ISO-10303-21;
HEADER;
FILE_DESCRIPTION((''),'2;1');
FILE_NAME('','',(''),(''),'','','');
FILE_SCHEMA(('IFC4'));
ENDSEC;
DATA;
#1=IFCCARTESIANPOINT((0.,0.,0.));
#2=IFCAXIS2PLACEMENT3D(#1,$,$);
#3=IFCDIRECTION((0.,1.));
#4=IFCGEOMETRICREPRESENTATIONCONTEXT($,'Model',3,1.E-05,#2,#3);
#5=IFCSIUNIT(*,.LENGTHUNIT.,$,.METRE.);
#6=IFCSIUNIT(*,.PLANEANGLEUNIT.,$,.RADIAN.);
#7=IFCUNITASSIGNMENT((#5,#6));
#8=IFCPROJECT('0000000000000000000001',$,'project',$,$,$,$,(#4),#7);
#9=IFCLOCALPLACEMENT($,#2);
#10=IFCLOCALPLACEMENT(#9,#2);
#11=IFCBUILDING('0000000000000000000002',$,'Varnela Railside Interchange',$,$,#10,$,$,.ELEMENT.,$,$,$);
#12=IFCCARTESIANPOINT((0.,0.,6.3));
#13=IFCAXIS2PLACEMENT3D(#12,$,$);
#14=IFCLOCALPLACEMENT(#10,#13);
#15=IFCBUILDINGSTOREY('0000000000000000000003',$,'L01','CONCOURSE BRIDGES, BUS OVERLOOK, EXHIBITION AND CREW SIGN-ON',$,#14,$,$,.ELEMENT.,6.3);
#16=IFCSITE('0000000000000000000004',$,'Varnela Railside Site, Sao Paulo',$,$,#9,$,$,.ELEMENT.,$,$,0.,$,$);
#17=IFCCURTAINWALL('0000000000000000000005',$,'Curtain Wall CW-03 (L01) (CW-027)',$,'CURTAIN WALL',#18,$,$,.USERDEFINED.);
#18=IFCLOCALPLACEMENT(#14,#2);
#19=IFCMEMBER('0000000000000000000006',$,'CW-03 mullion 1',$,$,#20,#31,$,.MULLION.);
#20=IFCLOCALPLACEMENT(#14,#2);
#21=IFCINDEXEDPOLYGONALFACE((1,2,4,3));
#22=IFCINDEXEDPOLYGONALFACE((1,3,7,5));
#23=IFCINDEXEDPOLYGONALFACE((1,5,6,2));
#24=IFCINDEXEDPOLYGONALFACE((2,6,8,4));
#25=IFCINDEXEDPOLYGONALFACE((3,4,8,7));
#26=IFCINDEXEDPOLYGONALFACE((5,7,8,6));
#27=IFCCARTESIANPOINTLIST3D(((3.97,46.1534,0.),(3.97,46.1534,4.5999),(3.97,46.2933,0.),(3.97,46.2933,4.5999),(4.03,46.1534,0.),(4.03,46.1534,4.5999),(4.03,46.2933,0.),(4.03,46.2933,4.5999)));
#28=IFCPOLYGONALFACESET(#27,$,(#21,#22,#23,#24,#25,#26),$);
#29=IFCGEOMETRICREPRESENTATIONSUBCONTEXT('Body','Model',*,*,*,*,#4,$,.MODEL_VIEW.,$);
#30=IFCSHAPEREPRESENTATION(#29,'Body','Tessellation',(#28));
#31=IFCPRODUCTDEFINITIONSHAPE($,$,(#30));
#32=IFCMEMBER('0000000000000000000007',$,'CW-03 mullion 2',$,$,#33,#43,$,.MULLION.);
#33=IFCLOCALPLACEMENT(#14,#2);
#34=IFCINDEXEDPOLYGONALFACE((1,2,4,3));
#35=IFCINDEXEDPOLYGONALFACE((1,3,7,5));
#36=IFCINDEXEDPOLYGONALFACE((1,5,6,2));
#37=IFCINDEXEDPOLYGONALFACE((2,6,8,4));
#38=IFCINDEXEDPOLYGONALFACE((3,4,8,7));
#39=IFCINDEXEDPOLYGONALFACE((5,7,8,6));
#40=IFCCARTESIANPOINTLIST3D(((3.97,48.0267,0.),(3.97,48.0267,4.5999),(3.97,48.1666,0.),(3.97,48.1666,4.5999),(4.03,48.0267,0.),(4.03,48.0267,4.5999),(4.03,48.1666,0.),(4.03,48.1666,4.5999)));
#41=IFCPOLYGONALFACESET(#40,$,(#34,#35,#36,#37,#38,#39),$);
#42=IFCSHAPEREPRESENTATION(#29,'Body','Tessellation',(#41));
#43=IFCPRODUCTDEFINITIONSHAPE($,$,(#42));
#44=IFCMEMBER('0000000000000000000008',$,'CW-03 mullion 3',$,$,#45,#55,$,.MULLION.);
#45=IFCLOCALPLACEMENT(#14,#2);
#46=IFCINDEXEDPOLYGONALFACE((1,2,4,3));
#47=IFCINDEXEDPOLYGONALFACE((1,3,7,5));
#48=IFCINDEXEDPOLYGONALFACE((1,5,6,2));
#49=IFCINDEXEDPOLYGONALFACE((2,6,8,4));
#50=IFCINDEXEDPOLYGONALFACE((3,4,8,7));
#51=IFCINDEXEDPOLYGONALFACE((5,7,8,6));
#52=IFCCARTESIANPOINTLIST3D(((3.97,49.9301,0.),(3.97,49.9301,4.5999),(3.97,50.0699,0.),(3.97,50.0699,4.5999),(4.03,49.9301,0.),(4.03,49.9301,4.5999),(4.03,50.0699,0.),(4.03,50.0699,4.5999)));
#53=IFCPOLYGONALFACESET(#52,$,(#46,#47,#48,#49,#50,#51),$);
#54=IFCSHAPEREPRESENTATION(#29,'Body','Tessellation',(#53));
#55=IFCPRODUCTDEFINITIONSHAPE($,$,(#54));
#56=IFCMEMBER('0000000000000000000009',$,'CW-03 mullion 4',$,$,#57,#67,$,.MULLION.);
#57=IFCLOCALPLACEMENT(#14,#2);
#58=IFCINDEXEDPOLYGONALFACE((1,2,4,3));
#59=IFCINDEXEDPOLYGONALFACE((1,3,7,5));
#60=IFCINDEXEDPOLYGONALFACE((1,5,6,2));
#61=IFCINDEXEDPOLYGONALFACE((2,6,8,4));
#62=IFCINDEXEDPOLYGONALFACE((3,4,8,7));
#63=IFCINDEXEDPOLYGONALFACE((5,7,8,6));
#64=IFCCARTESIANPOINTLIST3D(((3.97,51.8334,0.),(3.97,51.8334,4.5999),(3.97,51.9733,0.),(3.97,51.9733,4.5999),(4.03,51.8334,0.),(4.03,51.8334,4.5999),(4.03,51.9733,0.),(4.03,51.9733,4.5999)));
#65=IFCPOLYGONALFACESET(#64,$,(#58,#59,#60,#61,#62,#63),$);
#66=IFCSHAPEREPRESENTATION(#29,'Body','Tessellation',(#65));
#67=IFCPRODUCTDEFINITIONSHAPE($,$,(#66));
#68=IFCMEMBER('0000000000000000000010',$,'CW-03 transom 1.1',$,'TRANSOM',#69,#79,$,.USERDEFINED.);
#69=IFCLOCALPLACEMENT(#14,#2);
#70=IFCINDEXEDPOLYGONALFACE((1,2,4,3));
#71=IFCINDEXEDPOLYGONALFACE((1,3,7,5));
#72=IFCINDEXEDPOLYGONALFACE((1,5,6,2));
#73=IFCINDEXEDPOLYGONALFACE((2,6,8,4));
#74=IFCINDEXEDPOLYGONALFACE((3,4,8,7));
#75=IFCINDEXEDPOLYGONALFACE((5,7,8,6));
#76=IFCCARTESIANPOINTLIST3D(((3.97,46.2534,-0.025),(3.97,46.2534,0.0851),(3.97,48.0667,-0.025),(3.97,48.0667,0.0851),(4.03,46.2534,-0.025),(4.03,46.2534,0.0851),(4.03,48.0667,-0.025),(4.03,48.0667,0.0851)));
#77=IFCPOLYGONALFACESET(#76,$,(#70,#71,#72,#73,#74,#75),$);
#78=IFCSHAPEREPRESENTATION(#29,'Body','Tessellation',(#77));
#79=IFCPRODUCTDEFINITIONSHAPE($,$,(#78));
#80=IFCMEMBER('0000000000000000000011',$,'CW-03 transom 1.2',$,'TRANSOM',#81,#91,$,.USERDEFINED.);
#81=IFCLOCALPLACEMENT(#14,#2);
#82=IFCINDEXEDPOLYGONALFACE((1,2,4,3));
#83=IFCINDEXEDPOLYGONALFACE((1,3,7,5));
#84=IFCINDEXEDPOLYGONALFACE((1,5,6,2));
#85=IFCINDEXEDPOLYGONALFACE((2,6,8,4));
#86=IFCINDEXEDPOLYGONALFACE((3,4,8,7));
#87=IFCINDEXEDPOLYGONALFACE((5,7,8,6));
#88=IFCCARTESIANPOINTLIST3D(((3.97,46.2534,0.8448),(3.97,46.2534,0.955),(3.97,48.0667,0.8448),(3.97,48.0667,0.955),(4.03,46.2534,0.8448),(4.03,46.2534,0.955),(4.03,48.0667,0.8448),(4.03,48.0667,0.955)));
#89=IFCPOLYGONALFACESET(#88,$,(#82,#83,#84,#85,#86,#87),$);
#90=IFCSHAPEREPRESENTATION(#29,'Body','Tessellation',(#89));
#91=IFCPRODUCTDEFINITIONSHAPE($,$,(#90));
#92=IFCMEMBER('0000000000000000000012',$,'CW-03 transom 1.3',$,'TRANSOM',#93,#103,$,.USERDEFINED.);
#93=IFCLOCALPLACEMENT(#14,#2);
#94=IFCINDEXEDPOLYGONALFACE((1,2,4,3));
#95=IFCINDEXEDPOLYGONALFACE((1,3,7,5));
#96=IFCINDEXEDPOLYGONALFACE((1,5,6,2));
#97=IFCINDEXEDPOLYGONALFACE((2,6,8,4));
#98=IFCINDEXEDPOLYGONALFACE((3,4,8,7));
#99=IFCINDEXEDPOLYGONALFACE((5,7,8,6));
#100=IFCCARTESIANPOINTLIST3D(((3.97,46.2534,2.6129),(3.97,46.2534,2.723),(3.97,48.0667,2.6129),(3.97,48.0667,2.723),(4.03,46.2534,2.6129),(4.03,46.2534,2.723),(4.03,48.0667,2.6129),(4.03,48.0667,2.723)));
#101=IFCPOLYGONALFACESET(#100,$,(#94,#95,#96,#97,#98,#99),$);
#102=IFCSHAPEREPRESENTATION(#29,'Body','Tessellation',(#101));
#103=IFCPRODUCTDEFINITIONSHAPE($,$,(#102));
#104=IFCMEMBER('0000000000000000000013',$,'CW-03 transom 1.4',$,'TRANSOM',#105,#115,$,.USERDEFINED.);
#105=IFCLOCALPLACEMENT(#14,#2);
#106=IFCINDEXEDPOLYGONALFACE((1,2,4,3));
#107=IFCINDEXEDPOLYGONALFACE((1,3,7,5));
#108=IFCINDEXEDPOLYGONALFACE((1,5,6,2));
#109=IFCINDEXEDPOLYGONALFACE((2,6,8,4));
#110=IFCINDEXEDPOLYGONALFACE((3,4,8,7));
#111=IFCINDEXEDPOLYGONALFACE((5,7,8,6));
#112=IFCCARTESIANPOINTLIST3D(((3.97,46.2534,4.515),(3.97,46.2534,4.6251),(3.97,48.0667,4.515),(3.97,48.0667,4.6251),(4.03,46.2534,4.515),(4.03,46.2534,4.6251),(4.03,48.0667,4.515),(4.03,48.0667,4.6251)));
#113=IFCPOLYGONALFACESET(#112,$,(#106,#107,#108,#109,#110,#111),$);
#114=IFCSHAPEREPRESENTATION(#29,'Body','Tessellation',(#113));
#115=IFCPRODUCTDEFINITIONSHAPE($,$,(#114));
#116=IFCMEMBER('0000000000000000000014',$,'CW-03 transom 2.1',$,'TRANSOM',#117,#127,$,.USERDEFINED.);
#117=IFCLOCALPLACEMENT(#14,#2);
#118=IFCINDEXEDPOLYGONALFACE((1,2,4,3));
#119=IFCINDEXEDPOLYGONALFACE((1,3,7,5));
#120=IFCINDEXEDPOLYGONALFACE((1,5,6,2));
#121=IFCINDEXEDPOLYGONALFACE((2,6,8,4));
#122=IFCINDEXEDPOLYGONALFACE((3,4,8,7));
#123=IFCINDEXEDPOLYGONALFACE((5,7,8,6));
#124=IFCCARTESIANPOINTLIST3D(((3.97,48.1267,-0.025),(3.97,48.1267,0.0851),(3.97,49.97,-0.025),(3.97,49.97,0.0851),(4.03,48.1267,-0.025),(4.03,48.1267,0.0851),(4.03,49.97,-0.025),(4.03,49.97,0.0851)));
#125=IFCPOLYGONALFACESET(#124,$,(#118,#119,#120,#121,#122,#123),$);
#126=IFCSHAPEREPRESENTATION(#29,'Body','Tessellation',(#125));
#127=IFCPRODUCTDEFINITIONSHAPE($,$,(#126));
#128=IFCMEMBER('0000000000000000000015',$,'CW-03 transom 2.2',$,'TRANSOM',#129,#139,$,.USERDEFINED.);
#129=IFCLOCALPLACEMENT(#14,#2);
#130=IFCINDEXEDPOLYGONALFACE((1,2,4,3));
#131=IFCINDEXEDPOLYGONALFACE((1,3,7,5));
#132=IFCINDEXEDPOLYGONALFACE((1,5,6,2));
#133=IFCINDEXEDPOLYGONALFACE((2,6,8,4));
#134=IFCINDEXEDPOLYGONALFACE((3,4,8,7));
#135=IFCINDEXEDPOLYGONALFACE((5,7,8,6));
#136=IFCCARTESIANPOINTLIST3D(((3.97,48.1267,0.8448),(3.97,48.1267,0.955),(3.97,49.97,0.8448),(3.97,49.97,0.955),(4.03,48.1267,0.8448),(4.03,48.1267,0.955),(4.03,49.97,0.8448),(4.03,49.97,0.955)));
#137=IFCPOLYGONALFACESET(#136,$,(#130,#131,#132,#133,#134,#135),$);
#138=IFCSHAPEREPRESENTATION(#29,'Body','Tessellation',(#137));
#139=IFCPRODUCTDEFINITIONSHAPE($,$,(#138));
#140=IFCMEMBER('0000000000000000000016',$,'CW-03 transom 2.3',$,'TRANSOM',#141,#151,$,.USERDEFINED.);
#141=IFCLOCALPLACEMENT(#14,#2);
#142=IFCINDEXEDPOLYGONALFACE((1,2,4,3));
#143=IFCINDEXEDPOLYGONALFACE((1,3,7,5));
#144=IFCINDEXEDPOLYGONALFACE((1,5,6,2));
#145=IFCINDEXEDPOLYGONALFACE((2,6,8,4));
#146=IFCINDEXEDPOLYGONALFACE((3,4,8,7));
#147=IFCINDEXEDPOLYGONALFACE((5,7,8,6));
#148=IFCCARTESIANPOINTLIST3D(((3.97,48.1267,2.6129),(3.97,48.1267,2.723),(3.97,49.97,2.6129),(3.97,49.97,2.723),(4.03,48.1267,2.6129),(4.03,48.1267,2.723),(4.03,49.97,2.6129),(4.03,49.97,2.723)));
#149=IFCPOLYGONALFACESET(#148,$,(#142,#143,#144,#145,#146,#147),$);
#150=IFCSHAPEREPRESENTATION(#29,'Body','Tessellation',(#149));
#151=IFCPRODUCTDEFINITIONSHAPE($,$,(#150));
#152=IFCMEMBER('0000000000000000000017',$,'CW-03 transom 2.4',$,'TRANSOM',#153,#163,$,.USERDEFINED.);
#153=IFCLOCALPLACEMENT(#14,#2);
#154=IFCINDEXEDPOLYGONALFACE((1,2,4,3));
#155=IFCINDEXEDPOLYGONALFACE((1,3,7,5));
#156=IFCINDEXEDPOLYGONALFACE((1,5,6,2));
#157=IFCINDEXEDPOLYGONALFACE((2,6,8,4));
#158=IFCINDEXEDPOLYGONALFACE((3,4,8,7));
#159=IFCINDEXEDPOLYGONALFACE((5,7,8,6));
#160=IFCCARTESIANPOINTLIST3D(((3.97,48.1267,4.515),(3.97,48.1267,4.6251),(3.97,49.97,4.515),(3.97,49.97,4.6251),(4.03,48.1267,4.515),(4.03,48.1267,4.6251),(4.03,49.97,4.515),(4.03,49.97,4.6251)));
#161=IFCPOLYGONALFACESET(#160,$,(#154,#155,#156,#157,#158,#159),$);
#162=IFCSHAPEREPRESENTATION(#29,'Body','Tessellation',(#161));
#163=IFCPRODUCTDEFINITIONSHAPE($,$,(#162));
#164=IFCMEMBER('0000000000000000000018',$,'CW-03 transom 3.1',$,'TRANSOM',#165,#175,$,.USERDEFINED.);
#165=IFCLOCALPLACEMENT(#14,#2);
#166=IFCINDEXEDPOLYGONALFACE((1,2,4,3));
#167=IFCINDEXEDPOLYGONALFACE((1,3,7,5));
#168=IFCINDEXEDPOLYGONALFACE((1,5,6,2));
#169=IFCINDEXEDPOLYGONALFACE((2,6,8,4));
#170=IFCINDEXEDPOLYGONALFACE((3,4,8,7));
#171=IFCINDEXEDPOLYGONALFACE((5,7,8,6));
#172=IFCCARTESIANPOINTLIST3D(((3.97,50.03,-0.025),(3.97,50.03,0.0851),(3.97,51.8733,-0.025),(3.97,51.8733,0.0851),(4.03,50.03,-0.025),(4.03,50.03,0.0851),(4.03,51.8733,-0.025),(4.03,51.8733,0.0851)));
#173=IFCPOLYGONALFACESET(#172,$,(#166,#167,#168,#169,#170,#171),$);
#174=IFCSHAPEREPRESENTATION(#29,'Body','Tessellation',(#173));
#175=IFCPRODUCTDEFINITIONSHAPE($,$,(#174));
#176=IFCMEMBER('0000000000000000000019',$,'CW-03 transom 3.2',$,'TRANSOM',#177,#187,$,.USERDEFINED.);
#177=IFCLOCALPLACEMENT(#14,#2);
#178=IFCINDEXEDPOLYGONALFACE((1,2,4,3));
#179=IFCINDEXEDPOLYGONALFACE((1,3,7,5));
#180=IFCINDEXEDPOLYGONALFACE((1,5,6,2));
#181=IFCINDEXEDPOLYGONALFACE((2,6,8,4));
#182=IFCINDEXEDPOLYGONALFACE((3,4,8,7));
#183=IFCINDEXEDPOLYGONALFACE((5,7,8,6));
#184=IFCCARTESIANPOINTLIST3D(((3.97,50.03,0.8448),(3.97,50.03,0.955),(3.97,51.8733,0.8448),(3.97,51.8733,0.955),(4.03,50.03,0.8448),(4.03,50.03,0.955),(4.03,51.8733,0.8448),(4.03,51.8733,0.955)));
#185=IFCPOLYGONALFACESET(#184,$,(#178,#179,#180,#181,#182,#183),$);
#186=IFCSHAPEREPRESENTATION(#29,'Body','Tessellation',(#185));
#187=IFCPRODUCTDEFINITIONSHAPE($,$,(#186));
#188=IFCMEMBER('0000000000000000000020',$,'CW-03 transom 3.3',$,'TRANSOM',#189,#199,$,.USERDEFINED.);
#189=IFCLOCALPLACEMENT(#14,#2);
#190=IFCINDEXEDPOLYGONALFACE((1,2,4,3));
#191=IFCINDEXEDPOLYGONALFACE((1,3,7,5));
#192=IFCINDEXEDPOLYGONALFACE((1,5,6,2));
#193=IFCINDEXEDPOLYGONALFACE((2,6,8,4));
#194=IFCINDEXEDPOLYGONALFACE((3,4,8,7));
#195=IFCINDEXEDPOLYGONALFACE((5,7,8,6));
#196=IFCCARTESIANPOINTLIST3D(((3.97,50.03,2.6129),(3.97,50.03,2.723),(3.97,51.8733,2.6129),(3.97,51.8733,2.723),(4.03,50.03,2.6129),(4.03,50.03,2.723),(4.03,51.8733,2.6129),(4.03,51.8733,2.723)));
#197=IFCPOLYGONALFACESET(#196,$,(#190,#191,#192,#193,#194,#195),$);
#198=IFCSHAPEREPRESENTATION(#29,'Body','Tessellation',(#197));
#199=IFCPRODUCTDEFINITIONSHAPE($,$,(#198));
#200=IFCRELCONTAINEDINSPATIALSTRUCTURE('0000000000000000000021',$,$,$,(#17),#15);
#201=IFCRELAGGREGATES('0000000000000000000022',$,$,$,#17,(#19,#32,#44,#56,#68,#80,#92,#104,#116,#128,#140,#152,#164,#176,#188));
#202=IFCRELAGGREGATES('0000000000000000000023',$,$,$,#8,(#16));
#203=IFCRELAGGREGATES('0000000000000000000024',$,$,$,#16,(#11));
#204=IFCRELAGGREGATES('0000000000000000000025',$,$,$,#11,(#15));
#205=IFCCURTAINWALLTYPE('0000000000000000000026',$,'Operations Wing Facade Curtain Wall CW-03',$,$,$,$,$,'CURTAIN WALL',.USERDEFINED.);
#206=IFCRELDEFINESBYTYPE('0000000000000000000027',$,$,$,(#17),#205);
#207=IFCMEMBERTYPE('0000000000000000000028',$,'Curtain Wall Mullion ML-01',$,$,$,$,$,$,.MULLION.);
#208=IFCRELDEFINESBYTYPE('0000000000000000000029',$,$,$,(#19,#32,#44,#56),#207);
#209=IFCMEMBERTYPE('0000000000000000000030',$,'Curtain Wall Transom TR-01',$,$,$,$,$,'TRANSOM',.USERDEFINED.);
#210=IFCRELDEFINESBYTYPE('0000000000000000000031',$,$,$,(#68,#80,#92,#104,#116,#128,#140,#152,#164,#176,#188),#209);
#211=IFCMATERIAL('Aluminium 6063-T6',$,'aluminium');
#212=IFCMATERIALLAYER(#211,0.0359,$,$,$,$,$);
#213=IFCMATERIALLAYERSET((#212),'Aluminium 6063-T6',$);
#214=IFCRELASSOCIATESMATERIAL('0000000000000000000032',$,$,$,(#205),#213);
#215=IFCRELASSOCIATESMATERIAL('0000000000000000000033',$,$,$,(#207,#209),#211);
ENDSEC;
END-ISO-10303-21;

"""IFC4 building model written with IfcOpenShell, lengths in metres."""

from ifc_helpers import new_model, si_unit, direction, frame, origin, origin_2d, place, context, subcontext, project, spatial, rectangle, extrude, material, layer, layer_set, material_profile, profile_set, type_object, element, aggregate, save


model = new_model("IFC4")

# Units and contexts
model_context = context("Model", 3, precision=1e-05, world=origin(), true_north=direction((0.0, 1.0)))
body_context = subcontext(model_context, "Body", "Model", "MODEL_VIEW")
ifc_project = project(units=[si_unit("LENGTHUNIT", "METRE"), si_unit("PLANEANGLEUNIT", "RADIAN")], contexts=[model_context])

# Site, building, storey
site_placement = place(None, origin())
site = spatial("IfcSite", under=ifc_project, at=site_placement, Name="Varnela Railside Site, Sao Paulo", CompositionType="ELEMENT", RefElevation=0.0)
building_placement = place(site_placement, origin())
building = spatial("IfcBuilding", under=site, at=building_placement, Name="Varnela Railside Interchange", CompositionType="ELEMENT")
storey_placement = place(building_placement, frame((0.0, 0.0, 6.3)))
storey = spatial("IfcBuildingStorey", under=building, at=storey_placement, Name="L01", Description="CONCOURSE BRIDGES, BUS OVERLOOK, EXHIBITION AND CREW SIGN-ON", CompositionType="ELEMENT", Elevation=6.3)

# Curtain wall, members
ifc_material_1 = material(Name="Aluminium 6063-T6", Category="aluminium")
ifc_layer_1 = layer(ifc_material_1, 0.0359)
ifc_layer_set_1 = layer_set([ifc_layer_1], Name="Aluminium 6063-T6")
curtain_wall_type = type_object("IfcCurtainWallType", Name="Operations Wing Facade Curtain Wall CW-03", ElementType="CURTAIN WALL", PredefinedType="USERDEFINED", material=ifc_layer_set_1)
curtain_wall_placement = place(storey_placement, origin())
curtain_wall = element("IfcCurtainWall", 1, at=curtain_wall_placement, inside=storey, type_object=curtain_wall_type, Name="Curtain Wall CW-03 (L01) (CW-027)", ObjectType="CURTAIN WALL", PredefinedType="USERDEFINED")
ifc_material_profile_1 = material_profile(ifc_material_1, rectangle(XDim=0.0601, YDim=0.1399, at=origin_2d()), Name="ALU 60x140")
ifc_profile_set_1 = profile_set([ifc_material_profile_1], Name="Aluminium 6063-T6")
member_type_1 = type_object("IfcMemberType", Name="Curtain Wall Mullion ML-01", PredefinedType="MULLION", material=ifc_profile_set_1)
member_1_placement = place(storey_placement, frame((4.0, 46.2234, 0.0), z_axis=(0.0, 0.0, 1.0), x_axis=(-1.0, 0.0, 0.0)))
member_1 = element("IfcMember", 2, at=member_1_placement, type_object=member_type_1, Name="CW-03 mullion 1", PredefinedType="MULLION", context=body_context, shape_type="SweptSolid", body=[
    extrude(rectangle(XDim=0.0601, YDim=0.1399, at=origin_2d()), origin(), (0.0, 0.0, 1.0), 4.5999),
])
member_2_placement = place(storey_placement, frame((4.0, 48.0967, 0.0), z_axis=(0.0, 0.0, 1.0), x_axis=(-1.0, 0.0, 0.0)))
member_2 = element("IfcMember", 3, at=member_2_placement, type_object=member_type_1, Name="CW-03 mullion 2", PredefinedType="MULLION", context=body_context, shape_type="SweptSolid", body=[
    extrude(rectangle(XDim=0.0601, YDim=0.1399, at=origin_2d()), origin(), (0.0, 0.0, 1.0), 4.5999),
])
member_3_placement = place(storey_placement, frame((4.0, 50.0, 0.0), z_axis=(0.0, 0.0, 1.0), x_axis=(-1.0, 0.0, 0.0)))
member_3 = element("IfcMember", 4, at=member_3_placement, type_object=member_type_1, Name="CW-03 mullion 3", PredefinedType="MULLION", context=body_context, shape_type="SweptSolid", body=[
    extrude(rectangle(XDim=0.0601, YDim=0.1399, at=origin_2d()), origin(), (0.0, 0.0, 1.0), 4.5999),
])
member_4_placement = place(storey_placement, frame((4.0, 51.9033, 0.0), z_axis=(0.0, 0.0, 1.0), x_axis=(-1.0, 0.0, 0.0)))
member_4 = element("IfcMember", 5, at=member_4_placement, type_object=member_type_1, Name="CW-03 mullion 4", PredefinedType="MULLION", context=body_context, shape_type="SweptSolid", body=[
    extrude(rectangle(XDim=0.0601, YDim=0.1399, at=origin_2d()), origin(), (0.0, 0.0, 1.0), 4.5999),
])
ifc_material_profile_2 = material_profile(ifc_material_1, rectangle(XDim=0.0601, YDim=0.1101, at=origin_2d()), Name="ALU 60x110")
ifc_profile_set_2 = profile_set([ifc_material_profile_2], Name="Aluminium 6063-T6")
member_type_2 = type_object("IfcMemberType", Name="Curtain Wall Transom TR-01", ElementType="TRANSOM", PredefinedType="USERDEFINED", material=ifc_profile_set_2)
member_5_placement = place(storey_placement, frame((4.0, 46.2534, 0.03), z_axis=(0.0, 1.0, 0.0), x_axis=(-1.0, 0.0, 0.0)))
member_5 = element("IfcMember", 6, at=member_5_placement, type_object=member_type_2, Name="CW-03 transom 1.1", ObjectType="TRANSOM", PredefinedType="USERDEFINED", context=body_context, shape_type="SweptSolid", body=[
    extrude(rectangle(XDim=0.0601, YDim=0.1101, at=origin_2d()), origin(), (0.0, 0.0, 1.0), 1.8132),
])
member_6_placement = place(storey_placement, frame((4.0, 46.2534, 0.8999), z_axis=(0.0, 1.0, 0.0), x_axis=(-1.0, 0.0, 0.0)))
member_6 = element("IfcMember", 7, at=member_6_placement, type_object=member_type_2, Name="CW-03 transom 1.2", ObjectType="TRANSOM", PredefinedType="USERDEFINED", context=body_context, shape_type="SweptSolid", body=[
    extrude(rectangle(XDim=0.0601, YDim=0.1101, at=origin_2d()), origin(), (0.0, 0.0, 1.0), 1.8132),
])
member_7_placement = place(storey_placement, frame((4.0, 46.2534, 2.668), z_axis=(0.0, 1.0, 0.0), x_axis=(-1.0, 0.0, 0.0)))
member_7 = element("IfcMember", 8, at=member_7_placement, type_object=member_type_2, Name="CW-03 transom 1.3", ObjectType="TRANSOM", PredefinedType="USERDEFINED", context=body_context, shape_type="SweptSolid", body=[
    extrude(rectangle(XDim=0.0601, YDim=0.1101, at=origin_2d()), origin(), (0.0, 0.0, 1.0), 1.8132),
])
member_8_placement = place(storey_placement, frame((4.0, 46.2534, 4.5701), z_axis=(0.0, 1.0, 0.0), x_axis=(-1.0, 0.0, 0.0)))
member_8 = element("IfcMember", 9, at=member_8_placement, type_object=member_type_2, Name="CW-03 transom 1.4", ObjectType="TRANSOM", PredefinedType="USERDEFINED", context=body_context, shape_type="SweptSolid", body=[
    extrude(rectangle(XDim=0.0601, YDim=0.1101, at=origin_2d()), origin(), (0.0, 0.0, 1.0), 1.8132),
])
member_9_placement = place(storey_placement, frame((4.0, 48.1267, 0.03), z_axis=(0.0, 1.0, 0.0), x_axis=(-1.0, 0.0, 0.0)))
member_9 = element("IfcMember", 10, at=member_9_placement, type_object=member_type_2, Name="CW-03 transom 2.1", ObjectType="TRANSOM", PredefinedType="USERDEFINED", context=body_context, shape_type="SweptSolid", body=[
    extrude(rectangle(XDim=0.0601, YDim=0.1101, at=origin_2d()), origin(), (0.0, 0.0, 1.0), 1.8433),
])
member_10_placement = place(storey_placement, frame((4.0, 48.1267, 0.8999), z_axis=(0.0, 1.0, 0.0), x_axis=(-1.0, 0.0, 0.0)))
member_10 = element("IfcMember", 11, at=member_10_placement, type_object=member_type_2, Name="CW-03 transom 2.2", ObjectType="TRANSOM", PredefinedType="USERDEFINED", context=body_context, shape_type="SweptSolid", body=[
    extrude(rectangle(XDim=0.0601, YDim=0.1101, at=origin_2d()), origin(), (0.0, 0.0, 1.0), 1.8433),
])
member_11_placement = place(storey_placement, frame((4.0, 48.1267, 2.668), z_axis=(0.0, 1.0, 0.0), x_axis=(-1.0, 0.0, 0.0)))
member_11 = element("IfcMember", 12, at=member_11_placement, type_object=member_type_2, Name="CW-03 transom 2.3", ObjectType="TRANSOM", PredefinedType="USERDEFINED", context=body_context, shape_type="SweptSolid", body=[
    extrude(rectangle(XDim=0.0601, YDim=0.1101, at=origin_2d()), origin(), (0.0, 0.0, 1.0), 1.8433),
])
member_12_placement = place(storey_placement, frame((4.0, 48.1267, 4.5701), z_axis=(0.0, 1.0, 0.0), x_axis=(-1.0, 0.0, 0.0)))
member_12 = element("IfcMember", 13, at=member_12_placement, type_object=member_type_2, Name="CW-03 transom 2.4", ObjectType="TRANSOM", PredefinedType="USERDEFINED", context=body_context, shape_type="SweptSolid", body=[
    extrude(rectangle(XDim=0.0601, YDim=0.1101, at=origin_2d()), origin(), (0.0, 0.0, 1.0), 1.8433),
])
member_13_placement = place(storey_placement, frame((4.0, 50.03, 0.03), z_axis=(0.0, 1.0, 0.0), x_axis=(-1.0, 0.0, 0.0)))
member_13 = element("IfcMember", 14, at=member_13_placement, type_object=member_type_2, Name="CW-03 transom 3.1", ObjectType="TRANSOM", PredefinedType="USERDEFINED", context=body_context, shape_type="SweptSolid", body=[
    extrude(rectangle(XDim=0.0601, YDim=0.1101, at=origin_2d()), origin(), (0.0, 0.0, 1.0), 1.8433),
])
member_14_placement = place(storey_placement, frame((4.0, 50.03, 0.8999), z_axis=(0.0, 1.0, 0.0), x_axis=(-1.0, 0.0, 0.0)))
member_14 = element("IfcMember", 15, at=member_14_placement, type_object=member_type_2, Name="CW-03 transom 3.2", ObjectType="TRANSOM", PredefinedType="USERDEFINED", context=body_context, shape_type="SweptSolid", body=[
    extrude(rectangle(XDim=0.0601, YDim=0.1101, at=origin_2d()), origin(), (0.0, 0.0, 1.0), 1.8433),
])
member_15_placement = place(storey_placement, frame((4.0, 50.03, 2.668), z_axis=(0.0, 1.0, 0.0), x_axis=(-1.0, 0.0, 0.0)))
member_15 = element("IfcMember", 16, at=member_15_placement, type_object=member_type_2, Name="CW-03 transom 3.3", ObjectType="TRANSOM", PredefinedType="USERDEFINED", context=body_context, shape_type="SweptSolid", body=[
    extrude(rectangle(XDim=0.0601, YDim=0.1101, at=origin_2d()), origin(), (0.0, 0.0, 1.0), 1.8433),
])

aggregate(curtain_wall, [member_1, member_2, member_3, member_4, member_5, member_6, member_7, member_8, member_9, member_10, member_11, member_12, member_13, member_14, member_15])

save(model, "model.ifc")
